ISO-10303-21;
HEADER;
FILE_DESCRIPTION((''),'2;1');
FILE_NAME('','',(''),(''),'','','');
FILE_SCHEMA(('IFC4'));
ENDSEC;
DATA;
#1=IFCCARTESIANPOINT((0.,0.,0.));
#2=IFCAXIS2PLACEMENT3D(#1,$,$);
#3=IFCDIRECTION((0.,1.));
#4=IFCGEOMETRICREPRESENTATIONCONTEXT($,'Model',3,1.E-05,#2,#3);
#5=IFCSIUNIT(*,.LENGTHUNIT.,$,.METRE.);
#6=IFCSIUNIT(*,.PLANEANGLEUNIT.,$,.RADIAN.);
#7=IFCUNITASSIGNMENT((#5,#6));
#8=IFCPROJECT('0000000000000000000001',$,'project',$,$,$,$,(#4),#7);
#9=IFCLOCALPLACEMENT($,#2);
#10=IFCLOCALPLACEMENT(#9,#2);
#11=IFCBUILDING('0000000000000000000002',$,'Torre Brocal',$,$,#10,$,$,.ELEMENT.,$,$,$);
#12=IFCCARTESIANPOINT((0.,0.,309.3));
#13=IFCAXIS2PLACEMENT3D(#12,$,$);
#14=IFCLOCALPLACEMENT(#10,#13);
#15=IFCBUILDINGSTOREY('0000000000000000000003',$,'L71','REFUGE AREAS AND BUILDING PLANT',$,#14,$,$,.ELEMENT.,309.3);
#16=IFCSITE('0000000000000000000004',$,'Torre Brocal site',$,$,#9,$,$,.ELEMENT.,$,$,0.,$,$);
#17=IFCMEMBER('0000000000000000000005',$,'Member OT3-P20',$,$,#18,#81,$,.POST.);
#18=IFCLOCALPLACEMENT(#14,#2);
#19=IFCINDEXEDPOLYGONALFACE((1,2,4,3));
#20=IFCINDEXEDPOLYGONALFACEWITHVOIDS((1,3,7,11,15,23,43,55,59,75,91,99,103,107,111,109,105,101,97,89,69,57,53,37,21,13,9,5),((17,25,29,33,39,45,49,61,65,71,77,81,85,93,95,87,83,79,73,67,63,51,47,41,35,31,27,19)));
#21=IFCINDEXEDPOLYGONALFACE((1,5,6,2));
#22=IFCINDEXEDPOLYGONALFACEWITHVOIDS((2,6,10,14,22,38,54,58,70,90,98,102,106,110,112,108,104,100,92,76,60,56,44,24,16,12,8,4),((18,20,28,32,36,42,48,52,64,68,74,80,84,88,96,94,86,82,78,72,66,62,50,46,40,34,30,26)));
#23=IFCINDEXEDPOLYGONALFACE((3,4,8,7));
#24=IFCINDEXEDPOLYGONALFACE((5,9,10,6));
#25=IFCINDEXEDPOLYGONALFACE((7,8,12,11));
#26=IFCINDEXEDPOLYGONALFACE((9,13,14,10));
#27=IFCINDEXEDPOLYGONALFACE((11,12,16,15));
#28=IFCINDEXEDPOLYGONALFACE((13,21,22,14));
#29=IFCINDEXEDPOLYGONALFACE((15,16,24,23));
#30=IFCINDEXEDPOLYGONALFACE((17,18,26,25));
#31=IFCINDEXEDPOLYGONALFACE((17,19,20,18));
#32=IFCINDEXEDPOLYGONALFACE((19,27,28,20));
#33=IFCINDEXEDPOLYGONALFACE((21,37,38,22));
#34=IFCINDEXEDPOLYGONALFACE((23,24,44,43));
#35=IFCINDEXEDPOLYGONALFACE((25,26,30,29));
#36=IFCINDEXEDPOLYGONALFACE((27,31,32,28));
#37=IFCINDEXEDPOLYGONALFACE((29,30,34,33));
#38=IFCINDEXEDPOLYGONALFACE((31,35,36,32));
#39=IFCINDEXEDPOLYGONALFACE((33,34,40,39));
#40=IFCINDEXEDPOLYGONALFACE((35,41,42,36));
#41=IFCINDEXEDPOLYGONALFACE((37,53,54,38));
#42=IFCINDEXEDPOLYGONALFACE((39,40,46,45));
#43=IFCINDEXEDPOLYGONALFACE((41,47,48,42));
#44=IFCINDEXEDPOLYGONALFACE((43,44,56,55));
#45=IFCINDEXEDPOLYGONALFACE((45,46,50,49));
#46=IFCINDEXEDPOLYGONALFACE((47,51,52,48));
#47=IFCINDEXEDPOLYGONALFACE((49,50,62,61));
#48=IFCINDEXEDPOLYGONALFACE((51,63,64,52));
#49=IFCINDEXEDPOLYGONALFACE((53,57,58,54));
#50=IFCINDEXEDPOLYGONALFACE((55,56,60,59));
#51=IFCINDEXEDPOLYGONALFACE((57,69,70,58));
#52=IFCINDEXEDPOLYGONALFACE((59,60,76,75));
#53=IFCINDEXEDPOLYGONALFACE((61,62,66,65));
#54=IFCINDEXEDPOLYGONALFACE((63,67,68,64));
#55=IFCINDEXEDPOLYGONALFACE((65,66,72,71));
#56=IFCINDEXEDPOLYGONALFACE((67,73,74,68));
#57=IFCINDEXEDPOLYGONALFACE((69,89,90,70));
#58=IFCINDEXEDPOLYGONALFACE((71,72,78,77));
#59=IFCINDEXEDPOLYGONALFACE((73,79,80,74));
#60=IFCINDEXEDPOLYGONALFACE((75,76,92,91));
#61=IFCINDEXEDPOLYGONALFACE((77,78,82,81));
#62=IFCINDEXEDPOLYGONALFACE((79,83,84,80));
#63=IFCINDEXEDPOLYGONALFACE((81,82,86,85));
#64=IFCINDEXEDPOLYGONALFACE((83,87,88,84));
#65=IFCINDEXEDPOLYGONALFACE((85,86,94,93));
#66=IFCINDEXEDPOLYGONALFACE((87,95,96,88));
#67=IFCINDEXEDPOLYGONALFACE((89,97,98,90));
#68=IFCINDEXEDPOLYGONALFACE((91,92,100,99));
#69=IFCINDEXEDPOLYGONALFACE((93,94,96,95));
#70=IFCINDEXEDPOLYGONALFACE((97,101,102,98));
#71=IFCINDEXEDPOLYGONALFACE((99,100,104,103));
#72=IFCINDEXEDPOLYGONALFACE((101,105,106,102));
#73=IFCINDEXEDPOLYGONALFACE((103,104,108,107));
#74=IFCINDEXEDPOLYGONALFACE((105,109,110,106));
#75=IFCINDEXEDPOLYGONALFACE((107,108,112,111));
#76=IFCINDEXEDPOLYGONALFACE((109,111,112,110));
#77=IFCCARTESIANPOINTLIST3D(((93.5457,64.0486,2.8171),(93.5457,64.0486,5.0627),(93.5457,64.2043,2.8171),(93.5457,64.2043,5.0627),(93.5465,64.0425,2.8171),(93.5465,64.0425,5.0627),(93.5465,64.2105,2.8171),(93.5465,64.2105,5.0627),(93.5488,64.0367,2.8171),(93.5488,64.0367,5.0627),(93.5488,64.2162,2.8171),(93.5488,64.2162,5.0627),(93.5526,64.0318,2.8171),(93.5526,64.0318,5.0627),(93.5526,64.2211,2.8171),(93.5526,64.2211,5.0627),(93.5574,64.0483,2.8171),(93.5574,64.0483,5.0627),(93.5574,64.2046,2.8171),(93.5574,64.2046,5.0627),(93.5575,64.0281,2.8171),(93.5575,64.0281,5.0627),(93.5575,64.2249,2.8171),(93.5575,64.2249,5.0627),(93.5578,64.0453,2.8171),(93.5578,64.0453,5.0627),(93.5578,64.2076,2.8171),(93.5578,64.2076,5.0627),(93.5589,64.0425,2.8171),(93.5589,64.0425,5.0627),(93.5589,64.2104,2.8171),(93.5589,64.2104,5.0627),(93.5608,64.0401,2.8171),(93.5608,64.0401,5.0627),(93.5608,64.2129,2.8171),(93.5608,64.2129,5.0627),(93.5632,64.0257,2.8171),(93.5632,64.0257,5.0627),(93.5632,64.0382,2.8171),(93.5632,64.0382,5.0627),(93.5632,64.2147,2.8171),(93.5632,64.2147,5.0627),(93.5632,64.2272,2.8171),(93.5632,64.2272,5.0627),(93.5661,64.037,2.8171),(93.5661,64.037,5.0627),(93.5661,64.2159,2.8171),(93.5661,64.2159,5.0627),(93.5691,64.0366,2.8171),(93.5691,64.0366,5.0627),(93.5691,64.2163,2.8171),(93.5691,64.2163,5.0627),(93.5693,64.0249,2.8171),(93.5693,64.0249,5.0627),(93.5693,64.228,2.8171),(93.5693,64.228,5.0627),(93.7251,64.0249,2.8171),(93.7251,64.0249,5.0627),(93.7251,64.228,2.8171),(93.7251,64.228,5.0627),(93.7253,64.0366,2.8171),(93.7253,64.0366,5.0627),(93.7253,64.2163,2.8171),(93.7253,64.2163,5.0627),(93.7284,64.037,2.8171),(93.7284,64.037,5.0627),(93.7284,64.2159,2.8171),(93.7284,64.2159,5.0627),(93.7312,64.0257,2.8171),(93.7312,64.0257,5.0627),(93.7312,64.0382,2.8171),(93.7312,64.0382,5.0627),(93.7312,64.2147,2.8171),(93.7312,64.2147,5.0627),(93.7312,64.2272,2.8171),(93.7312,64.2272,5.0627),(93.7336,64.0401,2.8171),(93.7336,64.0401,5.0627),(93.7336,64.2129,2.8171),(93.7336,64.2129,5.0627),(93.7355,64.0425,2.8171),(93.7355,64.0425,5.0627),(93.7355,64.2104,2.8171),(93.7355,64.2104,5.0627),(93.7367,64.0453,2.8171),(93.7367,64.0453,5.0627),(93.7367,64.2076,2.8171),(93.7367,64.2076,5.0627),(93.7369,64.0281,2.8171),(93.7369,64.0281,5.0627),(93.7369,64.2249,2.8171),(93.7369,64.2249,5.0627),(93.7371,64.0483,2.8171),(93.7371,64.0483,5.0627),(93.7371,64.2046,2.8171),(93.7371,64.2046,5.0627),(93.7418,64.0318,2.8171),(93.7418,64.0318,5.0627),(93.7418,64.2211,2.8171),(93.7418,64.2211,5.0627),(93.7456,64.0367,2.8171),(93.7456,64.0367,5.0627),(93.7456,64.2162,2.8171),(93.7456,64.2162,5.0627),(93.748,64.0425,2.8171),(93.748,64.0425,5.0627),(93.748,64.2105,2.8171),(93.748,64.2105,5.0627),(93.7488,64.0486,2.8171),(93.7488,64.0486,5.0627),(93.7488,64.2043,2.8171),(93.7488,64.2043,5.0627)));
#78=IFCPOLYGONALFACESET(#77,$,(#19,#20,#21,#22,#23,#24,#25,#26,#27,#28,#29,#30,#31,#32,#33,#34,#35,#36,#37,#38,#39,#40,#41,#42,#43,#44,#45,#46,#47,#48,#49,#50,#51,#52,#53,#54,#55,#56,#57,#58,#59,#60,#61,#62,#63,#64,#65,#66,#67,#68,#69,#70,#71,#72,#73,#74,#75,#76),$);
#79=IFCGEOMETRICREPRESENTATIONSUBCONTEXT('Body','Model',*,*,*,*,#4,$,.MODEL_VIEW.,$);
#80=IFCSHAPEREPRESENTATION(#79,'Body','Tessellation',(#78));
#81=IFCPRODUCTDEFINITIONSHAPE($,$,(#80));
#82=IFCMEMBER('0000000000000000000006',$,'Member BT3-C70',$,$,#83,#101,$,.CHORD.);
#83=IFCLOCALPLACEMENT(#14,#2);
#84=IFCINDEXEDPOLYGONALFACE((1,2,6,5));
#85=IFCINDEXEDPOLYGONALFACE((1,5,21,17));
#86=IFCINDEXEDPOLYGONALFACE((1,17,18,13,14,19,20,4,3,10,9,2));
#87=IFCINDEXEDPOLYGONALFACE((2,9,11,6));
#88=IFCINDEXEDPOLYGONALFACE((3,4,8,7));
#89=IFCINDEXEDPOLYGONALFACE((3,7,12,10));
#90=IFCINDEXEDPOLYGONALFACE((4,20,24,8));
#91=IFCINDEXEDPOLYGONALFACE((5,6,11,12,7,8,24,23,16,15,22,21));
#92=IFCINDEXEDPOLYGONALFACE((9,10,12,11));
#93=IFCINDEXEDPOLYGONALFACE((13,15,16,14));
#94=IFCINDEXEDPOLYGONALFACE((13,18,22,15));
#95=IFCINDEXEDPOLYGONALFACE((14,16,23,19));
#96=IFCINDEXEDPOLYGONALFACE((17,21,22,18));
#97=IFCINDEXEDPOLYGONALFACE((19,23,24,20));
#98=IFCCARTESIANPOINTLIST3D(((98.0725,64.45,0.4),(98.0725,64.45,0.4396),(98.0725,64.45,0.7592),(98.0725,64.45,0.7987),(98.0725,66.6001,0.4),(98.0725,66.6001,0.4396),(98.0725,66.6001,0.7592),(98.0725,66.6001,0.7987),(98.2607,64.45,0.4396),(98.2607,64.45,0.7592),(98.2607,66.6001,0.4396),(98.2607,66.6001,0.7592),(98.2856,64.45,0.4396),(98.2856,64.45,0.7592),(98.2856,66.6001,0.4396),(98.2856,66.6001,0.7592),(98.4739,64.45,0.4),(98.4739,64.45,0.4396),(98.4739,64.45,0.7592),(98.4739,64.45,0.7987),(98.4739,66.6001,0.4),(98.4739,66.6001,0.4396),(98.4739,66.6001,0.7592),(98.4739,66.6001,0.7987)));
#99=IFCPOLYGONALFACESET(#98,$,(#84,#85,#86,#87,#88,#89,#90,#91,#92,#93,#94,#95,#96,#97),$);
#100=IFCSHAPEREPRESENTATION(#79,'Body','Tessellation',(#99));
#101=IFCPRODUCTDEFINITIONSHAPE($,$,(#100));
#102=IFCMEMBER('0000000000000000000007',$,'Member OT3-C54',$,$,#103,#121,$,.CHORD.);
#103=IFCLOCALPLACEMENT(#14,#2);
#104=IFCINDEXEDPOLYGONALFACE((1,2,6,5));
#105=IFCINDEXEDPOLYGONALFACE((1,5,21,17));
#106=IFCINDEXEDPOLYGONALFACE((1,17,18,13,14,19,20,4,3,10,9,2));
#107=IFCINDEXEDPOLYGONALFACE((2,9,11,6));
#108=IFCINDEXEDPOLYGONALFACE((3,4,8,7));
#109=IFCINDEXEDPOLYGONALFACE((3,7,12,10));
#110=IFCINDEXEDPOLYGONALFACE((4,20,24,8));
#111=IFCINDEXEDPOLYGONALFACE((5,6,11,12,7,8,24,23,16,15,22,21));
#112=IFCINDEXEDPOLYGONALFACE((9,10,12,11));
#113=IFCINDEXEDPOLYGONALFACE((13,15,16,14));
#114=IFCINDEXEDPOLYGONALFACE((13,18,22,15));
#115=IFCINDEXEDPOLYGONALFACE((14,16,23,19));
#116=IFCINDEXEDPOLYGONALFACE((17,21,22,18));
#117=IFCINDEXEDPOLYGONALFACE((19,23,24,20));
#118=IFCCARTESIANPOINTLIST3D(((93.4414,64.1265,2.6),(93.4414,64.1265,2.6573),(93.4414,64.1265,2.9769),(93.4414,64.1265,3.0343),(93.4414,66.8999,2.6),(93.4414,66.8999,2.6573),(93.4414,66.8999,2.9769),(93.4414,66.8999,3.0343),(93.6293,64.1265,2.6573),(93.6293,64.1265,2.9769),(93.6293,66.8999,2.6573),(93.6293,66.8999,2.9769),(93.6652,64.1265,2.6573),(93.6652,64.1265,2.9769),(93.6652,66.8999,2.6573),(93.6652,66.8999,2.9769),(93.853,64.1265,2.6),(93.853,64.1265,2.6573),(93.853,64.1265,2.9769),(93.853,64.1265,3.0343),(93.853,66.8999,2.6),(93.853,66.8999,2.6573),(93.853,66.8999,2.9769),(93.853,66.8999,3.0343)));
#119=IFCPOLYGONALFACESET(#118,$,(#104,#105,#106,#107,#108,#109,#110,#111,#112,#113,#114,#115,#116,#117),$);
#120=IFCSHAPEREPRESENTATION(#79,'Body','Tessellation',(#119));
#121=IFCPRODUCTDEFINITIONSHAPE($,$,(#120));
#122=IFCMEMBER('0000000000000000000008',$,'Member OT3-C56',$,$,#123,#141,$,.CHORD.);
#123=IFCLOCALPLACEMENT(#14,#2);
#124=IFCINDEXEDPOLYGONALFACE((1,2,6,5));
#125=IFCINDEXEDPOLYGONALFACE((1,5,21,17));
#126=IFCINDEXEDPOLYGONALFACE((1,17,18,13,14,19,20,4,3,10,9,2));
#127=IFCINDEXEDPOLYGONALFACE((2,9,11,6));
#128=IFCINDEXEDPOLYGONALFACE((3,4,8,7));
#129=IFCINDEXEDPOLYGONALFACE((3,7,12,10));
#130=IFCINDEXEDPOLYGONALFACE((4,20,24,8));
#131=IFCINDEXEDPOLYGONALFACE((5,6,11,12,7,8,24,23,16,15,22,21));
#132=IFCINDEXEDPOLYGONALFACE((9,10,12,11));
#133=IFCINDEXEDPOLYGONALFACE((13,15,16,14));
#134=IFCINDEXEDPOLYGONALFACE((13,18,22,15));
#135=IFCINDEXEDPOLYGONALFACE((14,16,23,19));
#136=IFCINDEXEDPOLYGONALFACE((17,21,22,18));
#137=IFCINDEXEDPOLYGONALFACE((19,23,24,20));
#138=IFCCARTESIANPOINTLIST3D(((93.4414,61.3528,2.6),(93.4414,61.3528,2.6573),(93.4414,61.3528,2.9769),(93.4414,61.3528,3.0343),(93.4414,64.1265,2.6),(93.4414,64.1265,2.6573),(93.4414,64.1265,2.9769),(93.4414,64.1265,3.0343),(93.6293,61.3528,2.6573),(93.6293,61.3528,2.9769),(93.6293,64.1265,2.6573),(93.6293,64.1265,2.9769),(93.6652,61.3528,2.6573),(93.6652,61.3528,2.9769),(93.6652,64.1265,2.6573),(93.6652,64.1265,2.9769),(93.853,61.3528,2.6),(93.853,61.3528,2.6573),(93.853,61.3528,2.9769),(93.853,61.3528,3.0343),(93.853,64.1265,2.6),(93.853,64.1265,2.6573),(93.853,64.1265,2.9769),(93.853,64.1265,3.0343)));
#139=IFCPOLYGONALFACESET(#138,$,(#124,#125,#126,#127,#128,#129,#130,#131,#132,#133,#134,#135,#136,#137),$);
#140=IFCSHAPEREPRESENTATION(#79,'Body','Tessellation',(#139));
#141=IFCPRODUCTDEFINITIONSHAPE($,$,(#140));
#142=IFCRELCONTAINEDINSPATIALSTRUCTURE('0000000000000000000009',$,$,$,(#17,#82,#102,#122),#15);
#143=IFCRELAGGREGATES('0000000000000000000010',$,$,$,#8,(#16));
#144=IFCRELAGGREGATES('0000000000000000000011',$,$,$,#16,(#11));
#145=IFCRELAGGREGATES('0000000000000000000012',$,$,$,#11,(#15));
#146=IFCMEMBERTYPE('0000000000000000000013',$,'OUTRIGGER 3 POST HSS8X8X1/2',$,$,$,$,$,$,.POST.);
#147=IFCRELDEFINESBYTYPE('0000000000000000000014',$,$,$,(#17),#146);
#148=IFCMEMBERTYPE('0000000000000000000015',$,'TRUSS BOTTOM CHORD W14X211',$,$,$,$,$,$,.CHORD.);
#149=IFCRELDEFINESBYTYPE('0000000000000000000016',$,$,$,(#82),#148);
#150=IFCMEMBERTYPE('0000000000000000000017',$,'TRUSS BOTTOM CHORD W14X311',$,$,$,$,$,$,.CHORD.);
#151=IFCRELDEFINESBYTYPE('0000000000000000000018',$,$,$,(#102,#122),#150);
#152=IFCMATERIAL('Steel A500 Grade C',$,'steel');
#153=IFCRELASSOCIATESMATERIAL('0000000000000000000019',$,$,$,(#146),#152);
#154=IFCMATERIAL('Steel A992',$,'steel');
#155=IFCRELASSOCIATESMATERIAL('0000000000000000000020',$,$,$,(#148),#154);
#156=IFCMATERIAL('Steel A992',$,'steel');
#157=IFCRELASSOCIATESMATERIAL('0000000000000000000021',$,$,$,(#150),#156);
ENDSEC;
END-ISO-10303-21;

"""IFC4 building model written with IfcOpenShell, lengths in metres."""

from ifc_helpers import new_model, si_unit, direction, frame, origin, origin_2d, place, context, subcontext, project, spatial, hollow_rectangle, i_section, extrude, material, material_profile, profile_set, type_object, element, save


model = new_model("IFC4")

# Units and contexts
model_context = context("Model", 3, precision=1e-05, world=origin(), true_north=direction((0.0, 1.0)))
body_context = subcontext(model_context, "Body", "Model", "MODEL_VIEW")
ifc_project = project(units=[si_unit("LENGTHUNIT", "METRE"), si_unit("PLANEANGLEUNIT", "RADIAN")], contexts=[model_context])

# Site, building, storey
site_placement = place(None, origin())
site = spatial("IfcSite", under=ifc_project, at=site_placement, Name="Torre Brocal site", CompositionType="ELEMENT", RefElevation=0.0)
building_placement = place(site_placement, origin())
building = spatial("IfcBuilding", under=site, at=building_placement, Name="Torre Brocal", CompositionType="ELEMENT")
storey_placement = place(building_placement, frame((0.0, 0.0, 309.3)))
storey = spatial("IfcBuildingStorey", under=building, at=storey_placement, Name="L71", Description="REFUGE AREAS AND BUILDING PLANT", CompositionType="ELEMENT", Elevation=309.3)

# Members
ifc_material_1 = material(Name="Steel A500 Grade C", Category="steel")
ifc_material_profile_1 = material_profile(ifc_material_1, hollow_rectangle(XDim=0.2031, YDim=0.2031, WallThickness=0.0117, InnerFilletRadius=0.0117, OuterFilletRadius=0.0237, at=origin_2d()), Name="HSS8X8X1/2")
ifc_profile_set_1 = profile_set([ifc_material_profile_1], Name="Steel A500 Grade C")
member_type_1 = type_object("IfcMemberType", Name="OUTRIGGER 3 POST HSS8X8X1/2", PredefinedType="POST", material=ifc_profile_set_1)
member_1_placement = place(storey_placement, frame((93.6472, 64.1265, 2.8171), z_axis=(0.0, 0.0, 1.0), x_axis=(1.0, 0.0, 0.0)))
element("IfcMember", 1, at=member_1_placement, inside=storey, type_object=member_type_1, Name="Member OT3-P20", PredefinedType="POST", context=body_context, shape_type="SweptSolid", body=[
    extrude(hollow_rectangle(XDim=0.2031, YDim=0.2031, WallThickness=0.0117, InnerFilletRadius=0.0117, OuterFilletRadius=0.0237, at=origin_2d()), origin(), (0.0, 0.0, 1.0), 2.2456),
])
ifc_material_2 = material(Name="Steel A992", Category="steel")
ifc_material_profile_2 = material_profile(ifc_material_2, i_section(OverallWidth=0.4014, OverallDepth=0.3987, WebThickness=0.0249, FlangeThickness=0.0396, at=origin_2d()), Name="W14X211")
ifc_profile_set_2 = profile_set([ifc_material_profile_2], Name="Steel A992")
member_type_2 = type_object("IfcMemberType", Name="TRUSS BOTTOM CHORD W14X211", PredefinedType="CHORD", material=ifc_profile_set_2)
member_2_placement = place(storey_placement, frame((98.2732, 64.45, 0.5994), z_axis=(0.0, 1.0, 0.0), x_axis=(-1.0, 0.0, 0.0)))
element("IfcMember", 2, at=member_2_placement, inside=storey, type_object=member_type_2, Name="Member BT3-C70", PredefinedType="CHORD", context=body_context, shape_type="SweptSolid", body=[
    extrude(i_section(OverallWidth=0.4014, OverallDepth=0.3987, WebThickness=0.0249, FlangeThickness=0.0396, at=origin_2d()), origin(), (0.0, 0.0, 1.0), 2.1501),
])
ifc_material_3 = material(Name="Steel A992", Category="steel")
ifc_material_profile_3 = material_profile(ifc_material_3, i_section(OverallWidth=0.4116, OverallDepth=0.4343, WebThickness=0.0359, FlangeThickness=0.0574, at=origin_2d()), Name="W14X311")
ifc_profile_set_3 = profile_set([ifc_material_profile_3], Name="Steel A992")
member_type_3 = type_object("IfcMemberType", Name="TRUSS BOTTOM CHORD W14X311", PredefinedType="CHORD", material=ifc_profile_set_3)
member_3_placement = place(storey_placement, frame((93.6472, 66.8999, 2.8171), z_axis=(0.0, -1.0, 0.0), x_axis=(1.0, 0.0, 0.0)))
element("IfcMember", 3, at=member_3_placement, inside=storey, type_object=member_type_3, Name="Member OT3-C54", PredefinedType="CHORD", context=body_context, shape_type="SweptSolid", body=[
    extrude(i_section(OverallWidth=0.4116, OverallDepth=0.4343, WebThickness=0.0359, FlangeThickness=0.0574, at=origin_2d()), origin(), (0.0, 0.0, 1.0), 2.7734),
])
member_4_placement = place(storey_placement, frame((93.6472, 64.1265, 2.8171), z_axis=(0.0, -1.0, 0.0), x_axis=(1.0, 0.0, 0.0)))
element("IfcMember", 4, at=member_4_placement, inside=storey, type_object=member_type_3, Name="Member OT3-C56", PredefinedType="CHORD", context=body_context, shape_type="SweptSolid", body=[
    extrude(i_section(OverallWidth=0.4116, OverallDepth=0.4343, WebThickness=0.0359, FlangeThickness=0.0574, at=origin_2d()), origin(), (0.0, 0.0, 1.0), 2.7737),
])

save(model, "model.ifc")
